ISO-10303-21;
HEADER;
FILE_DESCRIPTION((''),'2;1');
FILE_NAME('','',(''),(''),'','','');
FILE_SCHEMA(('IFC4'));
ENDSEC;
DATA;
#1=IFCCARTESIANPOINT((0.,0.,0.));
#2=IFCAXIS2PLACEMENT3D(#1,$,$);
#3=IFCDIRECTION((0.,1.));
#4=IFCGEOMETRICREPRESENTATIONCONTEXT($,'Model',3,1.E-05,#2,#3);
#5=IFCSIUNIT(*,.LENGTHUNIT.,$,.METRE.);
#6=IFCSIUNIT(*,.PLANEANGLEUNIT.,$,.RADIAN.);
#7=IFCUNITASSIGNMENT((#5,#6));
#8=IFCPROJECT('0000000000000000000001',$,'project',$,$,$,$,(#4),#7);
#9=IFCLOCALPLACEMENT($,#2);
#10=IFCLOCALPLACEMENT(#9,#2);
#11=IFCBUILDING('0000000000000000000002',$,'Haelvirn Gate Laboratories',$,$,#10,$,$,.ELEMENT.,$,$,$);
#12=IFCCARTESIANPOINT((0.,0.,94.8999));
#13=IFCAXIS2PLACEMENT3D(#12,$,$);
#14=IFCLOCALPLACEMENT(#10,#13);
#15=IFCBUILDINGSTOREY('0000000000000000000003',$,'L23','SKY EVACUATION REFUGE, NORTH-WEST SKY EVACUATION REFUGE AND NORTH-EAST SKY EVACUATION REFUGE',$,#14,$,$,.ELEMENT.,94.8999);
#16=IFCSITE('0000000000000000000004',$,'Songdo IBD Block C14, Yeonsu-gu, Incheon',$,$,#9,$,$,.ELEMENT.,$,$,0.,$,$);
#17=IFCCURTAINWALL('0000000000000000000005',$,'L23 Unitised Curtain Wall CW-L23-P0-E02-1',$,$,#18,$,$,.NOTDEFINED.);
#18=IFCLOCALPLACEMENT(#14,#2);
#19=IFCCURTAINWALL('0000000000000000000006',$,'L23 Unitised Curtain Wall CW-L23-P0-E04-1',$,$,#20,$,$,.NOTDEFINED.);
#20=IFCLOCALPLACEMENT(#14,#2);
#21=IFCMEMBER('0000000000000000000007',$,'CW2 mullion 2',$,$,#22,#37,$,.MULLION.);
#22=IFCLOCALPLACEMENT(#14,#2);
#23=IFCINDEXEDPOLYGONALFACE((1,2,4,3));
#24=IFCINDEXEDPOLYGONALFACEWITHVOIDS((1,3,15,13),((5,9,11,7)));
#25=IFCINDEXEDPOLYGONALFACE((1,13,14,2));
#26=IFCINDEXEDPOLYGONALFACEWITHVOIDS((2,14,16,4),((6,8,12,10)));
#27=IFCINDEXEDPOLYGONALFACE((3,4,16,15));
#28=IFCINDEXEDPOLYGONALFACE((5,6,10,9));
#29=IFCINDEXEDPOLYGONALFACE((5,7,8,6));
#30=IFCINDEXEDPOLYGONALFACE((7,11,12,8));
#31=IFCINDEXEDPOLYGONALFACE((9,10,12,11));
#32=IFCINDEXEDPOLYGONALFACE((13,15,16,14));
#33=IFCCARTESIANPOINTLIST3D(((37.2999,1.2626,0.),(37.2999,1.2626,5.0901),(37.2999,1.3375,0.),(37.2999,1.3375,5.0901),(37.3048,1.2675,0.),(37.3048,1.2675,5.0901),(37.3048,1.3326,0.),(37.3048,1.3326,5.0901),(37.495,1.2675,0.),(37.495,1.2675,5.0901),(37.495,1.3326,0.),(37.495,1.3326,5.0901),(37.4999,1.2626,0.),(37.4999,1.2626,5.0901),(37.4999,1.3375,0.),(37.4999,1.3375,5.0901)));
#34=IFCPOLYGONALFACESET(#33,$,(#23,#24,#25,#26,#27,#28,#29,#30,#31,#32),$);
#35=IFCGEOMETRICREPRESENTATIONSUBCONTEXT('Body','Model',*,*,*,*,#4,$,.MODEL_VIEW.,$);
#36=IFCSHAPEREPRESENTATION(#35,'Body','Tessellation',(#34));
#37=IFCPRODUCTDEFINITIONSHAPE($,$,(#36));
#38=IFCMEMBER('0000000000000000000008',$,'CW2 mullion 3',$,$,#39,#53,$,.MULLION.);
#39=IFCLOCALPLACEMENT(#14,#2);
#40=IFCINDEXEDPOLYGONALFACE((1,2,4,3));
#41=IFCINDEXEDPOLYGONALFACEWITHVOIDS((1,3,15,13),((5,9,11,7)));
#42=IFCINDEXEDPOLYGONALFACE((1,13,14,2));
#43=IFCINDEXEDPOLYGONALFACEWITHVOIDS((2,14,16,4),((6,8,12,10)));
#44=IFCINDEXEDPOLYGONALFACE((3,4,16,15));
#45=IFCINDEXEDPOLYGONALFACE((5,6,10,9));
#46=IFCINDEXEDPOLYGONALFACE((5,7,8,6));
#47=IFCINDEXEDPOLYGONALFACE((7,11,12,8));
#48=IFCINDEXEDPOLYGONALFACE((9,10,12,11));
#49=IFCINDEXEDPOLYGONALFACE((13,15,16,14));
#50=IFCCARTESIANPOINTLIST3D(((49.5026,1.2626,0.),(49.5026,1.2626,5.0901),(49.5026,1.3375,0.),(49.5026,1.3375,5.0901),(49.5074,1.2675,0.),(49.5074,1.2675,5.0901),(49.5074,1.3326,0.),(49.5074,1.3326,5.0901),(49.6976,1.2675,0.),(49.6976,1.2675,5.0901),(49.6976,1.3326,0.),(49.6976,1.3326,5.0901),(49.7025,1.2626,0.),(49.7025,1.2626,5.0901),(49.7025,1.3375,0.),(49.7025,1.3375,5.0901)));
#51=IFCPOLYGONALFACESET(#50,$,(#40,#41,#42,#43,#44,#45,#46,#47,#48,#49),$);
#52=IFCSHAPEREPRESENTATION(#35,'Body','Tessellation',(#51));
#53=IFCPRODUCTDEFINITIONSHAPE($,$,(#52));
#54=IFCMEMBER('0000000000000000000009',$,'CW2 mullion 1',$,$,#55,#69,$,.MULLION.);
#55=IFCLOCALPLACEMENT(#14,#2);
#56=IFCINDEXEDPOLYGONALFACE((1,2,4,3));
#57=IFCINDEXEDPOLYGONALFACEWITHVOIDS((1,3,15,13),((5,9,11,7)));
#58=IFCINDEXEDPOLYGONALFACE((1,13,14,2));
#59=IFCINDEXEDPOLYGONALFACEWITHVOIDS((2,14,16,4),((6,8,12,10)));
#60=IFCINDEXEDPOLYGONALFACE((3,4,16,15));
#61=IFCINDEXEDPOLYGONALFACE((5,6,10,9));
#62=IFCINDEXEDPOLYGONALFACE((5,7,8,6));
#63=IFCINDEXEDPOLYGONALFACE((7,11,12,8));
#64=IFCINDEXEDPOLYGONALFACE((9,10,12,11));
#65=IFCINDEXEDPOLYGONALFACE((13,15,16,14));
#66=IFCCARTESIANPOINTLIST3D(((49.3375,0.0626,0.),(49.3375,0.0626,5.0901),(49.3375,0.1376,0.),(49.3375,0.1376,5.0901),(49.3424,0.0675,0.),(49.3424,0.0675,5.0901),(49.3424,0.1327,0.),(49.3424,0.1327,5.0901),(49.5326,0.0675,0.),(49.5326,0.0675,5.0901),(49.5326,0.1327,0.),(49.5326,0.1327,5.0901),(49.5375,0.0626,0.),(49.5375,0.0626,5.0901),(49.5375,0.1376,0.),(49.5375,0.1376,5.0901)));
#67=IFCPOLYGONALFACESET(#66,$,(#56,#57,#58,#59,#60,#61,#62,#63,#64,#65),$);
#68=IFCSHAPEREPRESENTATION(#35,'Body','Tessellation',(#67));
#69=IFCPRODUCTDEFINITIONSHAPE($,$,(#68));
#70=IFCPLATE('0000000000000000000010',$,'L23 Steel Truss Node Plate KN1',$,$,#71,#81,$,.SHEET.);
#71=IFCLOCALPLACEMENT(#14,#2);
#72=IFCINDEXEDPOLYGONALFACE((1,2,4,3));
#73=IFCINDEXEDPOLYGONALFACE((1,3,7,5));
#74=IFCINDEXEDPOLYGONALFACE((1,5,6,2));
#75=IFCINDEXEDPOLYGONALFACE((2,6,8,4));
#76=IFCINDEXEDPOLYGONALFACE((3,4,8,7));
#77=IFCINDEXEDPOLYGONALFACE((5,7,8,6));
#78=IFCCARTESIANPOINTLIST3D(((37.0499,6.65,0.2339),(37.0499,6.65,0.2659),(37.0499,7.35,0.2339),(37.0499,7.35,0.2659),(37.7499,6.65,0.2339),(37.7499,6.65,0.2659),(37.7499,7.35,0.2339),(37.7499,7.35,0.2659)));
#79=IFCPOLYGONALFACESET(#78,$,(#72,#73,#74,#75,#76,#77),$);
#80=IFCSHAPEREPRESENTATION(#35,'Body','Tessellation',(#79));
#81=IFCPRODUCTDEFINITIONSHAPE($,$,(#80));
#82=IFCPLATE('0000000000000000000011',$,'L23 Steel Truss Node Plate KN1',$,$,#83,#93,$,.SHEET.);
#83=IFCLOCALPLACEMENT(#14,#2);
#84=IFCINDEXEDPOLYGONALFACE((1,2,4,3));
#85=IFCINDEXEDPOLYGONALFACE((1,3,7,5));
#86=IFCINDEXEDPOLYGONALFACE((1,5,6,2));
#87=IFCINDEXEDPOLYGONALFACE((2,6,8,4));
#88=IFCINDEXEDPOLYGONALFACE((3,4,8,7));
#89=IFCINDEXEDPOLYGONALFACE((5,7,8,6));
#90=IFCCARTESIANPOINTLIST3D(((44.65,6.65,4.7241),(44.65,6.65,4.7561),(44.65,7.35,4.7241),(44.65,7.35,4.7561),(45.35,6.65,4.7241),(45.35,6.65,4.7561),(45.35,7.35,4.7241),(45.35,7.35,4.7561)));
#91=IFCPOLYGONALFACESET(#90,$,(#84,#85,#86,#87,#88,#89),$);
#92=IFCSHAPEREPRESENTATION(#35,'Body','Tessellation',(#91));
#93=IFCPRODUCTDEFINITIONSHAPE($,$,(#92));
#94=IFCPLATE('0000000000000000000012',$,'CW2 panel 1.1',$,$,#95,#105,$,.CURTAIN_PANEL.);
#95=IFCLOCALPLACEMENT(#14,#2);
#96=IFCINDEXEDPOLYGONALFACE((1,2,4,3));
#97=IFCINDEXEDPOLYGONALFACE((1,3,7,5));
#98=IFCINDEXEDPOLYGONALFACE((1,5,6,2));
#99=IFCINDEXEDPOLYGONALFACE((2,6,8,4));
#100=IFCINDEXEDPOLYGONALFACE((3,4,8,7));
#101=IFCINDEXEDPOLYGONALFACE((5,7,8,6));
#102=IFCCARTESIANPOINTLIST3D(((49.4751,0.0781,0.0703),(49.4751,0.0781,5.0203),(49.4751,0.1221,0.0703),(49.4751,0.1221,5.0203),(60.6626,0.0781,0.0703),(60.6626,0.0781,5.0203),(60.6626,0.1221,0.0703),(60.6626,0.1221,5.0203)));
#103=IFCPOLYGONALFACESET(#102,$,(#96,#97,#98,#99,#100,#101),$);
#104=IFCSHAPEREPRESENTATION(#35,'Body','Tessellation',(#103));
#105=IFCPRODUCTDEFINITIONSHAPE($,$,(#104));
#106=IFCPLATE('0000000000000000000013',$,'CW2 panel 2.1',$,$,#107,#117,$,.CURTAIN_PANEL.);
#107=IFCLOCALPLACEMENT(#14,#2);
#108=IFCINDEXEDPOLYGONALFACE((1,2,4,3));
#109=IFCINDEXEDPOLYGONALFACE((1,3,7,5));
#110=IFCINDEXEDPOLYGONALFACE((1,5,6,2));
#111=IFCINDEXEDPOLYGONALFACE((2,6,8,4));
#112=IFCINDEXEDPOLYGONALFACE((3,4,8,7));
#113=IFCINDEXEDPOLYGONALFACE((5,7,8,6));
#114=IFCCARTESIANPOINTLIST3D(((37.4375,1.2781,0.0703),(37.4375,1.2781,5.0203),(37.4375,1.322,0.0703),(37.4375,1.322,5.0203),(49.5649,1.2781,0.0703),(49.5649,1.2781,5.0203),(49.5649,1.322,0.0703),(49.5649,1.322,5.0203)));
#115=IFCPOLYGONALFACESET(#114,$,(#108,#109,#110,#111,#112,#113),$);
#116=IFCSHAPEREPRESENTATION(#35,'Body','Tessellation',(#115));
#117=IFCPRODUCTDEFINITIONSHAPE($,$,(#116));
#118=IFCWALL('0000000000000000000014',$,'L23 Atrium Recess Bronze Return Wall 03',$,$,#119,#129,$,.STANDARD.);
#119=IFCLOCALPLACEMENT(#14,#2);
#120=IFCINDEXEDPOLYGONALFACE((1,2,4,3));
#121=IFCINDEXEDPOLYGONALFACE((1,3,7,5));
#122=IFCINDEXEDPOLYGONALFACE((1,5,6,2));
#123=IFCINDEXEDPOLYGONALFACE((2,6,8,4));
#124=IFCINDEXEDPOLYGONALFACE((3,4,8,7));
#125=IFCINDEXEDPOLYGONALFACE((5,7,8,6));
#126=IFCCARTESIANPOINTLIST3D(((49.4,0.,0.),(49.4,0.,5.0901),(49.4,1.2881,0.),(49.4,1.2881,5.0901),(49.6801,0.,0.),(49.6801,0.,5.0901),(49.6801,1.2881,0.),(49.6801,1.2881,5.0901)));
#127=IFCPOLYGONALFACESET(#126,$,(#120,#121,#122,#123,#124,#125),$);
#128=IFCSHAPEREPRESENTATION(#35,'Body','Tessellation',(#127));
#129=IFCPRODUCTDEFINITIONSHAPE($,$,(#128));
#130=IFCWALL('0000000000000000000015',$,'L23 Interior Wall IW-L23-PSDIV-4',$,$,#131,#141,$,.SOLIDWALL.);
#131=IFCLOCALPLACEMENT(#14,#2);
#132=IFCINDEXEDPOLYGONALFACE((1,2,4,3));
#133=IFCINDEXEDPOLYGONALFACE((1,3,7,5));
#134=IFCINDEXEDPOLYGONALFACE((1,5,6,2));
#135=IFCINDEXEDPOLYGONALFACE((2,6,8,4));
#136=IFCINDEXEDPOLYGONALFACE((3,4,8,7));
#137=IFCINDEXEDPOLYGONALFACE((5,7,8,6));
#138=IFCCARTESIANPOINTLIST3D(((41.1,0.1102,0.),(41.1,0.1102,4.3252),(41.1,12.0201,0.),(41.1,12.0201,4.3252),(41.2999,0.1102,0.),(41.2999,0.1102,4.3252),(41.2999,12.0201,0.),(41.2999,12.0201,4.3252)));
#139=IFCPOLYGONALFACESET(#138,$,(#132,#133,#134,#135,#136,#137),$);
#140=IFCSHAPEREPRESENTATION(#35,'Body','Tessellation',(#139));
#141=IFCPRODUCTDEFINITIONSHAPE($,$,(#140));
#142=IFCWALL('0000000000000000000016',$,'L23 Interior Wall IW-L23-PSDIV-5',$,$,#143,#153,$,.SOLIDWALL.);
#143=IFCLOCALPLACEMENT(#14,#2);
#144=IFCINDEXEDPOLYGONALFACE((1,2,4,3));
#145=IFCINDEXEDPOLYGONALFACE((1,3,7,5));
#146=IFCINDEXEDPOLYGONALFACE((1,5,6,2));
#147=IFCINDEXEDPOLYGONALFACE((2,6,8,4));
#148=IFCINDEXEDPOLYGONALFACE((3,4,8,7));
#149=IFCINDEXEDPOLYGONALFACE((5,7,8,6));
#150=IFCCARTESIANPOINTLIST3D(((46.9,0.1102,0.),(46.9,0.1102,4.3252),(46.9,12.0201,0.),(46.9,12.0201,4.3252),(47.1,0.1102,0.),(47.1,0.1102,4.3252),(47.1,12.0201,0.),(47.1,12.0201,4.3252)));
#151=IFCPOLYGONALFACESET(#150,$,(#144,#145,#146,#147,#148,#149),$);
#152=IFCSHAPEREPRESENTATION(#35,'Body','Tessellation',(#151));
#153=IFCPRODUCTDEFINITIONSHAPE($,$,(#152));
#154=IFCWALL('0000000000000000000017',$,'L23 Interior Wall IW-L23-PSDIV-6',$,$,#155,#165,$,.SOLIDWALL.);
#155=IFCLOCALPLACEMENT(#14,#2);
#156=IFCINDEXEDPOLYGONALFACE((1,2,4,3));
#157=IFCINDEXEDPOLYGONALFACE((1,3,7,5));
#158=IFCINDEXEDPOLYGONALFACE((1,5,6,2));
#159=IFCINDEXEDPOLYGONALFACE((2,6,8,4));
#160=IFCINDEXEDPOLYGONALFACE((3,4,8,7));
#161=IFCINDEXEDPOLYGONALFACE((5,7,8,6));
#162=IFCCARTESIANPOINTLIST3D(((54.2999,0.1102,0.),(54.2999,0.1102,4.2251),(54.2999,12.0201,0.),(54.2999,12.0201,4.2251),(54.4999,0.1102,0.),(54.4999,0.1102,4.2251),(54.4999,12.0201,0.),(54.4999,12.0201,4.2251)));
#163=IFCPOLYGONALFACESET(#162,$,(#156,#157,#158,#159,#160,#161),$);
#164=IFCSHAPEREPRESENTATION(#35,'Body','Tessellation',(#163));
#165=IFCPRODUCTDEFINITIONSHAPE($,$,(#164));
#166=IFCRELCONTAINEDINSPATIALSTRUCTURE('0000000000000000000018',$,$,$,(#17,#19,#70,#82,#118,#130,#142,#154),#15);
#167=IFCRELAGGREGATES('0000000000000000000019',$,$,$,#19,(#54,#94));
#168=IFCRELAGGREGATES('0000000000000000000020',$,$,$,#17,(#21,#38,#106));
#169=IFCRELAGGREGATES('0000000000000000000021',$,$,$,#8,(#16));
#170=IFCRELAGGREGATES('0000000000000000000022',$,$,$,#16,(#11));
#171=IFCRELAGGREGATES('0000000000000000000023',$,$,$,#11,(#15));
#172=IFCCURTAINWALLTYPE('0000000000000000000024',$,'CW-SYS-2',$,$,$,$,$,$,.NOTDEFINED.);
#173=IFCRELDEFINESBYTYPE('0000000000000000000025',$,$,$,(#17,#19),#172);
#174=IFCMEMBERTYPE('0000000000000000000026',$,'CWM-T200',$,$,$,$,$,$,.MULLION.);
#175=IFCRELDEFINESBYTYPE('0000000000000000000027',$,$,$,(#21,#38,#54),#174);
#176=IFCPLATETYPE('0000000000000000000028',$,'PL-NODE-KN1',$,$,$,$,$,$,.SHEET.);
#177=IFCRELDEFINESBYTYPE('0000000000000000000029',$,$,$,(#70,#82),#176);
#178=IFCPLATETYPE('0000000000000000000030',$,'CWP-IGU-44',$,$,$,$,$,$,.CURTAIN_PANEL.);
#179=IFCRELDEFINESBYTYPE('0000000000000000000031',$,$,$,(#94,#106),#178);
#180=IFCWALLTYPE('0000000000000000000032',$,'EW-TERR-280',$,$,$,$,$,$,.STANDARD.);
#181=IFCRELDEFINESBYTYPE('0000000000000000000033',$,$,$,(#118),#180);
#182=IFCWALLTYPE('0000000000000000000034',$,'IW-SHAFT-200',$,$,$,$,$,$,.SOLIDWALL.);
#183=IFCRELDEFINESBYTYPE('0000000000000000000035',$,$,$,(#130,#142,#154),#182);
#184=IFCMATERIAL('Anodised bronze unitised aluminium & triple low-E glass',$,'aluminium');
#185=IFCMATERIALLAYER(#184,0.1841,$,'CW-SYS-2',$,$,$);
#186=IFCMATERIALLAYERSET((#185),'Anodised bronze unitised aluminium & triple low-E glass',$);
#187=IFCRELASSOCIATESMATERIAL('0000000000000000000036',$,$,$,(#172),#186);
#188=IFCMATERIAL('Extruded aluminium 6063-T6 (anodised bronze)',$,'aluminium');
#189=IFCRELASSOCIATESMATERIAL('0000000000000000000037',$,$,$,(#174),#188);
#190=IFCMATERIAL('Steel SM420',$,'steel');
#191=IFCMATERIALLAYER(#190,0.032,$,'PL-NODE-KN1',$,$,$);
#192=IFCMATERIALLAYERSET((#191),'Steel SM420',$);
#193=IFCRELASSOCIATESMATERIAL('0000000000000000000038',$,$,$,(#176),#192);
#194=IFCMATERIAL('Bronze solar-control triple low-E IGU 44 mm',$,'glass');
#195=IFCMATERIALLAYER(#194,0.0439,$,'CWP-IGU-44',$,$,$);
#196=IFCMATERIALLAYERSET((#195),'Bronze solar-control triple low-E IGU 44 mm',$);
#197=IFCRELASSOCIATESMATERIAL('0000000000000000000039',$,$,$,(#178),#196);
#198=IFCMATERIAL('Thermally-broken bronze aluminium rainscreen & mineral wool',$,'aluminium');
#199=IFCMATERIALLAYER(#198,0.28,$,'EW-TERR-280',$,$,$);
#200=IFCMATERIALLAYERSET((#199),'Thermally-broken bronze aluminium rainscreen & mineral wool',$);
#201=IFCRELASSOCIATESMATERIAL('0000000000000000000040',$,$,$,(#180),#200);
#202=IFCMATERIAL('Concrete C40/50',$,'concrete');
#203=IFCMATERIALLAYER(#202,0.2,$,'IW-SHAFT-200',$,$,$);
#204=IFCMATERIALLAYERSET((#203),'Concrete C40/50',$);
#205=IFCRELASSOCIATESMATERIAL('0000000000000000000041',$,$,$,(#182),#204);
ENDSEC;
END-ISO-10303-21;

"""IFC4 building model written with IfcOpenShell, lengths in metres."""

from ifc_helpers import new_model, si_unit, direction, frame, frame_2d, origin, origin_2d, place, context, subcontext, project, spatial, rectangle, hollow_rectangle, extrude, source, transform, mapped, material, layer, layer_set, material_profile, profile_set, type_object, type_shapes, element, aggregate, save


model = new_model("IFC4")

# Units and contexts
model_context = context("Model", 3, precision=1e-05, world=origin(), true_north=direction((0.0, 1.0)))
body_context = subcontext(model_context, "Body", "Model", "MODEL_VIEW")
ifc_project = project(units=[si_unit("LENGTHUNIT", "METRE"), si_unit("PLANEANGLEUNIT", "RADIAN")], contexts=[model_context])

# Site, building, storey
site_placement = place(None, origin())
site = spatial("IfcSite", under=ifc_project, at=site_placement, Name="Songdo IBD Block C14, Yeonsu-gu, Incheon", CompositionType="ELEMENT", RefElevation=0.0)
building_placement = place(site_placement, origin())
building = spatial("IfcBuilding", under=site, at=building_placement, Name="Haelvirn Gate Laboratories", CompositionType="ELEMENT")
storey_placement = place(building_placement, frame((0.0, 0.0, 94.8999)))
storey = spatial("IfcBuildingStorey", under=building, at=storey_placement, Name="L23", Description="SKY EVACUATION REFUGE, NORTH-WEST SKY EVACUATION REFUGE AND NORTH-EAST SKY EVACUATION REFUGE", CompositionType="ELEMENT", Elevation=94.8999)

# Shared definitions
ifc_material_1 = material(Name="Steel SM420", Category="steel")

# Curtain walls
ifc_material_2 = material(Name="Anodised bronze unitised aluminium & triple low-E glass", Category="aluminium")
ifc_layer_1 = layer(ifc_material_2, 0.1841, Name="CW-SYS-2")
ifc_layer_set_1 = layer_set([ifc_layer_1], Name="Anodised bronze unitised aluminium & triple low-E glass")
curtain_wall_type = type_object("IfcCurtainWallType", Name="CW-SYS-2", PredefinedType="NOTDEFINED", material=ifc_layer_set_1)
curtain_wall_1_placement = place(storey_placement, origin())
curtain_wall_1 = element("IfcCurtainWall", 1, at=curtain_wall_1_placement, inside=storey, type_object=curtain_wall_type, Name="L23 Unitised Curtain Wall CW-L23-P0-E02-1", PredefinedType="NOTDEFINED")
ifc_material_3 = material(Name="Extruded aluminium 6063-T6 (anodised bronze)", Category="aluminium")
curtain_wall_2_placement = place(storey_placement, origin())
curtain_wall_2 = element("IfcCurtainWall", 2, at=curtain_wall_2_placement, inside=storey, type_object=curtain_wall_type, Name="L23 Unitised Curtain Wall CW-L23-P0-E04-1", PredefinedType="NOTDEFINED")

# Members
ifc_material_profile_1 = material_profile(ifc_material_3, hollow_rectangle(XDim=0.075, YDim=0.2, WallThickness=0.0049, at=origin_2d()), Name="CWM-200x75x5")
ifc_profile_set_1 = profile_set([ifc_material_profile_1], Name="Extruded aluminium 6063-T6 (anodised bronze)")
member_type_1 = type_object("IfcMemberType", Name="CWM-T200", PredefinedType="MULLION", material=ifc_profile_set_1)
shared_shape_1 = source(origin(), body_context, "Body", "SweptSolid", [
    extrude(hollow_rectangle(XDim=0.075, YDim=0.2, WallThickness=0.0049, at=origin_2d()), origin(), (0.0, 0.0, 1.0), 5.0901),
])
type_shapes(member_type_1, [shared_shape_1])
member_1_placement = place(storey_placement, frame((37.3999, 1.3, 0.0), z_axis=(0.0, 0.0, 1.0), x_axis=(0.0, 1.0, 0.0)))
member_1 = element("IfcMember", 3, at=member_1_placement, type_object=member_type_1, Name="CW2 mullion 2", PredefinedType="MULLION", context=body_context, shape_type="MappedRepresentation", body=[
    mapped(shared_shape_1, transform((0.0, 0.0, 0.0), scale=1.0)),
])
member_2_placement = place(storey_placement, frame((49.6025, 1.3, 0.0), z_axis=(0.0, 0.0, 1.0), x_axis=(0.0, 1.0, 0.0)))
member_2 = element("IfcMember", 4, at=member_2_placement, type_object=member_type_1, Name="CW2 mullion 3", PredefinedType="MULLION", context=body_context, shape_type="MappedRepresentation", body=[
    mapped(shared_shape_1, transform((0.0, 0.0, 0.0), scale=1.0)),
])
member_3_placement = place(storey_placement, frame((49.4375, 0.1001, 0.0), z_axis=(0.0, 0.0, 1.0), x_axis=(0.0, 1.0, 0.0)))
member_3 = element("IfcMember", 5, at=member_3_placement, type_object=member_type_1, Name="CW2 mullion 1", PredefinedType="MULLION", context=body_context, shape_type="MappedRepresentation", body=[
    mapped(shared_shape_1, transform((0.0, 0.0, 0.0), scale=1.0)),
])

# Plates
ifc_layer_2 = layer(ifc_material_1, 0.032, Name="PL-NODE-KN1")
ifc_layer_set_2 = layer_set([ifc_layer_2], Name="Steel SM420")
plate_type_1 = type_object("IfcPlateType", Name="PL-NODE-KN1", PredefinedType="SHEET", material=ifc_layer_set_2)
shared_shape_2 = source(origin(), body_context, "Body", "SweptSolid", [
    extrude(rectangle(XDim=0.7, YDim=0.7, at=origin_2d()), origin(), (0.0, 0.0, 1.0), 0.032),
])
type_shapes(plate_type_1, [shared_shape_2])
for number, where, z_axis, x_axis, name in (
    (6, (37.3999, 7.0, 0.2339), (0.0, 0.0, 1.0), (1.0, 0.0, 0.0), "L23 Steel Truss Node Plate KN1"),
    (7, (45.0, 7.0, 4.7241), (0.0, 0.0, 1.0), (1.0, 0.0, 0.0), "L23 Steel Truss Node Plate KN1"),
):
    element("IfcPlate", number, at=place(storey_placement, frame(where, z_axis=z_axis, x_axis=x_axis)), inside=storey, type_object=plate_type_1, Name=name, PredefinedType="SHEET", context=body_context, shape_type="MappedRepresentation", body=[
        mapped(shared_shape_2, transform((0.0, 0.0, 0.0), scale=1.0)),
    ])

# Plates
ifc_material_4 = material(Name="Bronze solar-control triple low-E IGU 44 mm", Category="glass")
ifc_layer_3 = layer(ifc_material_4, 0.0439, Name="CWP-IGU-44")
ifc_layer_set_3 = layer_set([ifc_layer_3], Name="Bronze solar-control triple low-E IGU 44 mm")
plate_type_2 = type_object("IfcPlateType", Name="CWP-IGU-44", PredefinedType="CURTAIN_PANEL", material=ifc_layer_set_3)
shared_shape_3 = source(origin(), body_context, "Body", "SweptSolid", [
    extrude(rectangle(XDim=11.1875, YDim=0.0439, at=origin_2d()), origin(), (0.0, 0.0, 1.0), 4.95),
])
plate_1_placement = place(storey_placement, frame((55.0688, 0.1001, 0.0703), z_axis=(0.0, 0.0, 1.0), x_axis=(1.0, 0.0, 0.0)))
plate_1 = element("IfcPlate", 8, at=plate_1_placement, type_object=plate_type_2, Name="CW2 panel 1.1", PredefinedType="CURTAIN_PANEL", context=body_context, shape_type="MappedRepresentation", body=[
    mapped(shared_shape_3, transform((0.0, 0.0, 0.0), scale=1.0)),
])
aggregate(curtain_wall_2, [member_3, plate_1])
shared_shape_4 = source(origin(), body_context, "Body", "SweptSolid", [
    extrude(rectangle(XDim=12.1274, YDim=0.0439, at=origin_2d()), origin(), (0.0, 0.0, 1.0), 4.95),
])
type_shapes(plate_type_2, [shared_shape_3, shared_shape_4])
plate_2_placement = place(storey_placement, frame((43.5012, 1.3, 0.0703), z_axis=(0.0, 0.0, 1.0), x_axis=(1.0, 0.0, 0.0)))
plate_2 = element("IfcPlate", 9, at=plate_2_placement, type_object=plate_type_2, Name="CW2 panel 2.1", PredefinedType="CURTAIN_PANEL", context=body_context, shape_type="MappedRepresentation", body=[
    mapped(shared_shape_4, transform((0.0, 0.0, 0.0), scale=1.0)),
])
aggregate(curtain_wall_1, [member_1, member_2, plate_2])

# Walls
ifc_material_5 = material(Name="Thermally-broken bronze aluminium rainscreen & mineral wool", Category="aluminium")
ifc_layer_4 = layer(ifc_material_5, 0.28, Name="EW-TERR-280")
ifc_layer_set_4 = layer_set([ifc_layer_4], Name="Thermally-broken bronze aluminium rainscreen & mineral wool")
wall_type_1 = type_object("IfcWallType", Name="EW-TERR-280", PredefinedType="STANDARD", material=ifc_layer_set_4)
wall_1_placement = place(storey_placement, frame((49.54, 1.2881, 0.0), z_axis=(0.0, 0.0, 1.0), x_axis=(0.0, -1.0, 0.0)))
element("IfcWall", 10, at=wall_1_placement, inside=storey, type_object=wall_type_1, Name="L23 Atrium Recess Bronze Return Wall 03", PredefinedType="STANDARD", context=body_context, shape_type="SweptSolid", body=[
    extrude(rectangle(XDim=1.2881, YDim=0.28, at=frame_2d((0.644, 0.0))), origin(), (0.0, 0.0, 1.0), 5.0901),
])
ifc_material_6 = material(Name="Concrete C40/50", Category="concrete")
ifc_layer_5 = layer(ifc_material_6, 0.2, Name="IW-SHAFT-200")
ifc_layer_set_5 = layer_set([ifc_layer_5], Name="Concrete C40/50")
wall_type_2 = type_object("IfcWallType", Name="IW-SHAFT-200", PredefinedType="SOLIDWALL", material=ifc_layer_set_5)
for number, where, z_axis, x_axis, name in (
    (11, (41.2, 0.1101, 0.0), (0.0, 0.0, 1.0), (0.0, 1.0, 0.0), "L23 Interior Wall IW-L23-PSDIV-4"),
    (12, (47.0, 0.1101, 0.0), (0.0, 0.0, 1.0), (0.0, 1.0, 0.0), "L23 Interior Wall IW-L23-PSDIV-5"),
):
    element("IfcWall", number, at=place(storey_placement, frame(where, z_axis=z_axis, x_axis=x_axis)), inside=storey, type_object=wall_type_2, Name=name, PredefinedType="SOLIDWALL", context=body_context, shape_type="SweptSolid", body=[
        extrude(rectangle(XDim=11.9099, YDim=0.2, at=frame_2d((5.9551, 0.0))), origin(), (0.0, 0.0, 1.0), 4.3252),
    ])
wall_2_placement = place(storey_placement, frame((54.3999, 0.1101, 0.0), z_axis=(0.0, 0.0, 1.0), x_axis=(0.0, 1.0, 0.0)))
element("IfcWall", 13, at=wall_2_placement, inside=storey, type_object=wall_type_2, Name="L23 Interior Wall IW-L23-PSDIV-6", PredefinedType="SOLIDWALL", context=body_context, shape_type="SweptSolid", body=[
    extrude(rectangle(XDim=11.9099, YDim=0.2, at=frame_2d((5.9551, 0.0))), origin(), (0.0, 0.0, 1.0), 4.2251),
])

save(model, "model.ifc")
